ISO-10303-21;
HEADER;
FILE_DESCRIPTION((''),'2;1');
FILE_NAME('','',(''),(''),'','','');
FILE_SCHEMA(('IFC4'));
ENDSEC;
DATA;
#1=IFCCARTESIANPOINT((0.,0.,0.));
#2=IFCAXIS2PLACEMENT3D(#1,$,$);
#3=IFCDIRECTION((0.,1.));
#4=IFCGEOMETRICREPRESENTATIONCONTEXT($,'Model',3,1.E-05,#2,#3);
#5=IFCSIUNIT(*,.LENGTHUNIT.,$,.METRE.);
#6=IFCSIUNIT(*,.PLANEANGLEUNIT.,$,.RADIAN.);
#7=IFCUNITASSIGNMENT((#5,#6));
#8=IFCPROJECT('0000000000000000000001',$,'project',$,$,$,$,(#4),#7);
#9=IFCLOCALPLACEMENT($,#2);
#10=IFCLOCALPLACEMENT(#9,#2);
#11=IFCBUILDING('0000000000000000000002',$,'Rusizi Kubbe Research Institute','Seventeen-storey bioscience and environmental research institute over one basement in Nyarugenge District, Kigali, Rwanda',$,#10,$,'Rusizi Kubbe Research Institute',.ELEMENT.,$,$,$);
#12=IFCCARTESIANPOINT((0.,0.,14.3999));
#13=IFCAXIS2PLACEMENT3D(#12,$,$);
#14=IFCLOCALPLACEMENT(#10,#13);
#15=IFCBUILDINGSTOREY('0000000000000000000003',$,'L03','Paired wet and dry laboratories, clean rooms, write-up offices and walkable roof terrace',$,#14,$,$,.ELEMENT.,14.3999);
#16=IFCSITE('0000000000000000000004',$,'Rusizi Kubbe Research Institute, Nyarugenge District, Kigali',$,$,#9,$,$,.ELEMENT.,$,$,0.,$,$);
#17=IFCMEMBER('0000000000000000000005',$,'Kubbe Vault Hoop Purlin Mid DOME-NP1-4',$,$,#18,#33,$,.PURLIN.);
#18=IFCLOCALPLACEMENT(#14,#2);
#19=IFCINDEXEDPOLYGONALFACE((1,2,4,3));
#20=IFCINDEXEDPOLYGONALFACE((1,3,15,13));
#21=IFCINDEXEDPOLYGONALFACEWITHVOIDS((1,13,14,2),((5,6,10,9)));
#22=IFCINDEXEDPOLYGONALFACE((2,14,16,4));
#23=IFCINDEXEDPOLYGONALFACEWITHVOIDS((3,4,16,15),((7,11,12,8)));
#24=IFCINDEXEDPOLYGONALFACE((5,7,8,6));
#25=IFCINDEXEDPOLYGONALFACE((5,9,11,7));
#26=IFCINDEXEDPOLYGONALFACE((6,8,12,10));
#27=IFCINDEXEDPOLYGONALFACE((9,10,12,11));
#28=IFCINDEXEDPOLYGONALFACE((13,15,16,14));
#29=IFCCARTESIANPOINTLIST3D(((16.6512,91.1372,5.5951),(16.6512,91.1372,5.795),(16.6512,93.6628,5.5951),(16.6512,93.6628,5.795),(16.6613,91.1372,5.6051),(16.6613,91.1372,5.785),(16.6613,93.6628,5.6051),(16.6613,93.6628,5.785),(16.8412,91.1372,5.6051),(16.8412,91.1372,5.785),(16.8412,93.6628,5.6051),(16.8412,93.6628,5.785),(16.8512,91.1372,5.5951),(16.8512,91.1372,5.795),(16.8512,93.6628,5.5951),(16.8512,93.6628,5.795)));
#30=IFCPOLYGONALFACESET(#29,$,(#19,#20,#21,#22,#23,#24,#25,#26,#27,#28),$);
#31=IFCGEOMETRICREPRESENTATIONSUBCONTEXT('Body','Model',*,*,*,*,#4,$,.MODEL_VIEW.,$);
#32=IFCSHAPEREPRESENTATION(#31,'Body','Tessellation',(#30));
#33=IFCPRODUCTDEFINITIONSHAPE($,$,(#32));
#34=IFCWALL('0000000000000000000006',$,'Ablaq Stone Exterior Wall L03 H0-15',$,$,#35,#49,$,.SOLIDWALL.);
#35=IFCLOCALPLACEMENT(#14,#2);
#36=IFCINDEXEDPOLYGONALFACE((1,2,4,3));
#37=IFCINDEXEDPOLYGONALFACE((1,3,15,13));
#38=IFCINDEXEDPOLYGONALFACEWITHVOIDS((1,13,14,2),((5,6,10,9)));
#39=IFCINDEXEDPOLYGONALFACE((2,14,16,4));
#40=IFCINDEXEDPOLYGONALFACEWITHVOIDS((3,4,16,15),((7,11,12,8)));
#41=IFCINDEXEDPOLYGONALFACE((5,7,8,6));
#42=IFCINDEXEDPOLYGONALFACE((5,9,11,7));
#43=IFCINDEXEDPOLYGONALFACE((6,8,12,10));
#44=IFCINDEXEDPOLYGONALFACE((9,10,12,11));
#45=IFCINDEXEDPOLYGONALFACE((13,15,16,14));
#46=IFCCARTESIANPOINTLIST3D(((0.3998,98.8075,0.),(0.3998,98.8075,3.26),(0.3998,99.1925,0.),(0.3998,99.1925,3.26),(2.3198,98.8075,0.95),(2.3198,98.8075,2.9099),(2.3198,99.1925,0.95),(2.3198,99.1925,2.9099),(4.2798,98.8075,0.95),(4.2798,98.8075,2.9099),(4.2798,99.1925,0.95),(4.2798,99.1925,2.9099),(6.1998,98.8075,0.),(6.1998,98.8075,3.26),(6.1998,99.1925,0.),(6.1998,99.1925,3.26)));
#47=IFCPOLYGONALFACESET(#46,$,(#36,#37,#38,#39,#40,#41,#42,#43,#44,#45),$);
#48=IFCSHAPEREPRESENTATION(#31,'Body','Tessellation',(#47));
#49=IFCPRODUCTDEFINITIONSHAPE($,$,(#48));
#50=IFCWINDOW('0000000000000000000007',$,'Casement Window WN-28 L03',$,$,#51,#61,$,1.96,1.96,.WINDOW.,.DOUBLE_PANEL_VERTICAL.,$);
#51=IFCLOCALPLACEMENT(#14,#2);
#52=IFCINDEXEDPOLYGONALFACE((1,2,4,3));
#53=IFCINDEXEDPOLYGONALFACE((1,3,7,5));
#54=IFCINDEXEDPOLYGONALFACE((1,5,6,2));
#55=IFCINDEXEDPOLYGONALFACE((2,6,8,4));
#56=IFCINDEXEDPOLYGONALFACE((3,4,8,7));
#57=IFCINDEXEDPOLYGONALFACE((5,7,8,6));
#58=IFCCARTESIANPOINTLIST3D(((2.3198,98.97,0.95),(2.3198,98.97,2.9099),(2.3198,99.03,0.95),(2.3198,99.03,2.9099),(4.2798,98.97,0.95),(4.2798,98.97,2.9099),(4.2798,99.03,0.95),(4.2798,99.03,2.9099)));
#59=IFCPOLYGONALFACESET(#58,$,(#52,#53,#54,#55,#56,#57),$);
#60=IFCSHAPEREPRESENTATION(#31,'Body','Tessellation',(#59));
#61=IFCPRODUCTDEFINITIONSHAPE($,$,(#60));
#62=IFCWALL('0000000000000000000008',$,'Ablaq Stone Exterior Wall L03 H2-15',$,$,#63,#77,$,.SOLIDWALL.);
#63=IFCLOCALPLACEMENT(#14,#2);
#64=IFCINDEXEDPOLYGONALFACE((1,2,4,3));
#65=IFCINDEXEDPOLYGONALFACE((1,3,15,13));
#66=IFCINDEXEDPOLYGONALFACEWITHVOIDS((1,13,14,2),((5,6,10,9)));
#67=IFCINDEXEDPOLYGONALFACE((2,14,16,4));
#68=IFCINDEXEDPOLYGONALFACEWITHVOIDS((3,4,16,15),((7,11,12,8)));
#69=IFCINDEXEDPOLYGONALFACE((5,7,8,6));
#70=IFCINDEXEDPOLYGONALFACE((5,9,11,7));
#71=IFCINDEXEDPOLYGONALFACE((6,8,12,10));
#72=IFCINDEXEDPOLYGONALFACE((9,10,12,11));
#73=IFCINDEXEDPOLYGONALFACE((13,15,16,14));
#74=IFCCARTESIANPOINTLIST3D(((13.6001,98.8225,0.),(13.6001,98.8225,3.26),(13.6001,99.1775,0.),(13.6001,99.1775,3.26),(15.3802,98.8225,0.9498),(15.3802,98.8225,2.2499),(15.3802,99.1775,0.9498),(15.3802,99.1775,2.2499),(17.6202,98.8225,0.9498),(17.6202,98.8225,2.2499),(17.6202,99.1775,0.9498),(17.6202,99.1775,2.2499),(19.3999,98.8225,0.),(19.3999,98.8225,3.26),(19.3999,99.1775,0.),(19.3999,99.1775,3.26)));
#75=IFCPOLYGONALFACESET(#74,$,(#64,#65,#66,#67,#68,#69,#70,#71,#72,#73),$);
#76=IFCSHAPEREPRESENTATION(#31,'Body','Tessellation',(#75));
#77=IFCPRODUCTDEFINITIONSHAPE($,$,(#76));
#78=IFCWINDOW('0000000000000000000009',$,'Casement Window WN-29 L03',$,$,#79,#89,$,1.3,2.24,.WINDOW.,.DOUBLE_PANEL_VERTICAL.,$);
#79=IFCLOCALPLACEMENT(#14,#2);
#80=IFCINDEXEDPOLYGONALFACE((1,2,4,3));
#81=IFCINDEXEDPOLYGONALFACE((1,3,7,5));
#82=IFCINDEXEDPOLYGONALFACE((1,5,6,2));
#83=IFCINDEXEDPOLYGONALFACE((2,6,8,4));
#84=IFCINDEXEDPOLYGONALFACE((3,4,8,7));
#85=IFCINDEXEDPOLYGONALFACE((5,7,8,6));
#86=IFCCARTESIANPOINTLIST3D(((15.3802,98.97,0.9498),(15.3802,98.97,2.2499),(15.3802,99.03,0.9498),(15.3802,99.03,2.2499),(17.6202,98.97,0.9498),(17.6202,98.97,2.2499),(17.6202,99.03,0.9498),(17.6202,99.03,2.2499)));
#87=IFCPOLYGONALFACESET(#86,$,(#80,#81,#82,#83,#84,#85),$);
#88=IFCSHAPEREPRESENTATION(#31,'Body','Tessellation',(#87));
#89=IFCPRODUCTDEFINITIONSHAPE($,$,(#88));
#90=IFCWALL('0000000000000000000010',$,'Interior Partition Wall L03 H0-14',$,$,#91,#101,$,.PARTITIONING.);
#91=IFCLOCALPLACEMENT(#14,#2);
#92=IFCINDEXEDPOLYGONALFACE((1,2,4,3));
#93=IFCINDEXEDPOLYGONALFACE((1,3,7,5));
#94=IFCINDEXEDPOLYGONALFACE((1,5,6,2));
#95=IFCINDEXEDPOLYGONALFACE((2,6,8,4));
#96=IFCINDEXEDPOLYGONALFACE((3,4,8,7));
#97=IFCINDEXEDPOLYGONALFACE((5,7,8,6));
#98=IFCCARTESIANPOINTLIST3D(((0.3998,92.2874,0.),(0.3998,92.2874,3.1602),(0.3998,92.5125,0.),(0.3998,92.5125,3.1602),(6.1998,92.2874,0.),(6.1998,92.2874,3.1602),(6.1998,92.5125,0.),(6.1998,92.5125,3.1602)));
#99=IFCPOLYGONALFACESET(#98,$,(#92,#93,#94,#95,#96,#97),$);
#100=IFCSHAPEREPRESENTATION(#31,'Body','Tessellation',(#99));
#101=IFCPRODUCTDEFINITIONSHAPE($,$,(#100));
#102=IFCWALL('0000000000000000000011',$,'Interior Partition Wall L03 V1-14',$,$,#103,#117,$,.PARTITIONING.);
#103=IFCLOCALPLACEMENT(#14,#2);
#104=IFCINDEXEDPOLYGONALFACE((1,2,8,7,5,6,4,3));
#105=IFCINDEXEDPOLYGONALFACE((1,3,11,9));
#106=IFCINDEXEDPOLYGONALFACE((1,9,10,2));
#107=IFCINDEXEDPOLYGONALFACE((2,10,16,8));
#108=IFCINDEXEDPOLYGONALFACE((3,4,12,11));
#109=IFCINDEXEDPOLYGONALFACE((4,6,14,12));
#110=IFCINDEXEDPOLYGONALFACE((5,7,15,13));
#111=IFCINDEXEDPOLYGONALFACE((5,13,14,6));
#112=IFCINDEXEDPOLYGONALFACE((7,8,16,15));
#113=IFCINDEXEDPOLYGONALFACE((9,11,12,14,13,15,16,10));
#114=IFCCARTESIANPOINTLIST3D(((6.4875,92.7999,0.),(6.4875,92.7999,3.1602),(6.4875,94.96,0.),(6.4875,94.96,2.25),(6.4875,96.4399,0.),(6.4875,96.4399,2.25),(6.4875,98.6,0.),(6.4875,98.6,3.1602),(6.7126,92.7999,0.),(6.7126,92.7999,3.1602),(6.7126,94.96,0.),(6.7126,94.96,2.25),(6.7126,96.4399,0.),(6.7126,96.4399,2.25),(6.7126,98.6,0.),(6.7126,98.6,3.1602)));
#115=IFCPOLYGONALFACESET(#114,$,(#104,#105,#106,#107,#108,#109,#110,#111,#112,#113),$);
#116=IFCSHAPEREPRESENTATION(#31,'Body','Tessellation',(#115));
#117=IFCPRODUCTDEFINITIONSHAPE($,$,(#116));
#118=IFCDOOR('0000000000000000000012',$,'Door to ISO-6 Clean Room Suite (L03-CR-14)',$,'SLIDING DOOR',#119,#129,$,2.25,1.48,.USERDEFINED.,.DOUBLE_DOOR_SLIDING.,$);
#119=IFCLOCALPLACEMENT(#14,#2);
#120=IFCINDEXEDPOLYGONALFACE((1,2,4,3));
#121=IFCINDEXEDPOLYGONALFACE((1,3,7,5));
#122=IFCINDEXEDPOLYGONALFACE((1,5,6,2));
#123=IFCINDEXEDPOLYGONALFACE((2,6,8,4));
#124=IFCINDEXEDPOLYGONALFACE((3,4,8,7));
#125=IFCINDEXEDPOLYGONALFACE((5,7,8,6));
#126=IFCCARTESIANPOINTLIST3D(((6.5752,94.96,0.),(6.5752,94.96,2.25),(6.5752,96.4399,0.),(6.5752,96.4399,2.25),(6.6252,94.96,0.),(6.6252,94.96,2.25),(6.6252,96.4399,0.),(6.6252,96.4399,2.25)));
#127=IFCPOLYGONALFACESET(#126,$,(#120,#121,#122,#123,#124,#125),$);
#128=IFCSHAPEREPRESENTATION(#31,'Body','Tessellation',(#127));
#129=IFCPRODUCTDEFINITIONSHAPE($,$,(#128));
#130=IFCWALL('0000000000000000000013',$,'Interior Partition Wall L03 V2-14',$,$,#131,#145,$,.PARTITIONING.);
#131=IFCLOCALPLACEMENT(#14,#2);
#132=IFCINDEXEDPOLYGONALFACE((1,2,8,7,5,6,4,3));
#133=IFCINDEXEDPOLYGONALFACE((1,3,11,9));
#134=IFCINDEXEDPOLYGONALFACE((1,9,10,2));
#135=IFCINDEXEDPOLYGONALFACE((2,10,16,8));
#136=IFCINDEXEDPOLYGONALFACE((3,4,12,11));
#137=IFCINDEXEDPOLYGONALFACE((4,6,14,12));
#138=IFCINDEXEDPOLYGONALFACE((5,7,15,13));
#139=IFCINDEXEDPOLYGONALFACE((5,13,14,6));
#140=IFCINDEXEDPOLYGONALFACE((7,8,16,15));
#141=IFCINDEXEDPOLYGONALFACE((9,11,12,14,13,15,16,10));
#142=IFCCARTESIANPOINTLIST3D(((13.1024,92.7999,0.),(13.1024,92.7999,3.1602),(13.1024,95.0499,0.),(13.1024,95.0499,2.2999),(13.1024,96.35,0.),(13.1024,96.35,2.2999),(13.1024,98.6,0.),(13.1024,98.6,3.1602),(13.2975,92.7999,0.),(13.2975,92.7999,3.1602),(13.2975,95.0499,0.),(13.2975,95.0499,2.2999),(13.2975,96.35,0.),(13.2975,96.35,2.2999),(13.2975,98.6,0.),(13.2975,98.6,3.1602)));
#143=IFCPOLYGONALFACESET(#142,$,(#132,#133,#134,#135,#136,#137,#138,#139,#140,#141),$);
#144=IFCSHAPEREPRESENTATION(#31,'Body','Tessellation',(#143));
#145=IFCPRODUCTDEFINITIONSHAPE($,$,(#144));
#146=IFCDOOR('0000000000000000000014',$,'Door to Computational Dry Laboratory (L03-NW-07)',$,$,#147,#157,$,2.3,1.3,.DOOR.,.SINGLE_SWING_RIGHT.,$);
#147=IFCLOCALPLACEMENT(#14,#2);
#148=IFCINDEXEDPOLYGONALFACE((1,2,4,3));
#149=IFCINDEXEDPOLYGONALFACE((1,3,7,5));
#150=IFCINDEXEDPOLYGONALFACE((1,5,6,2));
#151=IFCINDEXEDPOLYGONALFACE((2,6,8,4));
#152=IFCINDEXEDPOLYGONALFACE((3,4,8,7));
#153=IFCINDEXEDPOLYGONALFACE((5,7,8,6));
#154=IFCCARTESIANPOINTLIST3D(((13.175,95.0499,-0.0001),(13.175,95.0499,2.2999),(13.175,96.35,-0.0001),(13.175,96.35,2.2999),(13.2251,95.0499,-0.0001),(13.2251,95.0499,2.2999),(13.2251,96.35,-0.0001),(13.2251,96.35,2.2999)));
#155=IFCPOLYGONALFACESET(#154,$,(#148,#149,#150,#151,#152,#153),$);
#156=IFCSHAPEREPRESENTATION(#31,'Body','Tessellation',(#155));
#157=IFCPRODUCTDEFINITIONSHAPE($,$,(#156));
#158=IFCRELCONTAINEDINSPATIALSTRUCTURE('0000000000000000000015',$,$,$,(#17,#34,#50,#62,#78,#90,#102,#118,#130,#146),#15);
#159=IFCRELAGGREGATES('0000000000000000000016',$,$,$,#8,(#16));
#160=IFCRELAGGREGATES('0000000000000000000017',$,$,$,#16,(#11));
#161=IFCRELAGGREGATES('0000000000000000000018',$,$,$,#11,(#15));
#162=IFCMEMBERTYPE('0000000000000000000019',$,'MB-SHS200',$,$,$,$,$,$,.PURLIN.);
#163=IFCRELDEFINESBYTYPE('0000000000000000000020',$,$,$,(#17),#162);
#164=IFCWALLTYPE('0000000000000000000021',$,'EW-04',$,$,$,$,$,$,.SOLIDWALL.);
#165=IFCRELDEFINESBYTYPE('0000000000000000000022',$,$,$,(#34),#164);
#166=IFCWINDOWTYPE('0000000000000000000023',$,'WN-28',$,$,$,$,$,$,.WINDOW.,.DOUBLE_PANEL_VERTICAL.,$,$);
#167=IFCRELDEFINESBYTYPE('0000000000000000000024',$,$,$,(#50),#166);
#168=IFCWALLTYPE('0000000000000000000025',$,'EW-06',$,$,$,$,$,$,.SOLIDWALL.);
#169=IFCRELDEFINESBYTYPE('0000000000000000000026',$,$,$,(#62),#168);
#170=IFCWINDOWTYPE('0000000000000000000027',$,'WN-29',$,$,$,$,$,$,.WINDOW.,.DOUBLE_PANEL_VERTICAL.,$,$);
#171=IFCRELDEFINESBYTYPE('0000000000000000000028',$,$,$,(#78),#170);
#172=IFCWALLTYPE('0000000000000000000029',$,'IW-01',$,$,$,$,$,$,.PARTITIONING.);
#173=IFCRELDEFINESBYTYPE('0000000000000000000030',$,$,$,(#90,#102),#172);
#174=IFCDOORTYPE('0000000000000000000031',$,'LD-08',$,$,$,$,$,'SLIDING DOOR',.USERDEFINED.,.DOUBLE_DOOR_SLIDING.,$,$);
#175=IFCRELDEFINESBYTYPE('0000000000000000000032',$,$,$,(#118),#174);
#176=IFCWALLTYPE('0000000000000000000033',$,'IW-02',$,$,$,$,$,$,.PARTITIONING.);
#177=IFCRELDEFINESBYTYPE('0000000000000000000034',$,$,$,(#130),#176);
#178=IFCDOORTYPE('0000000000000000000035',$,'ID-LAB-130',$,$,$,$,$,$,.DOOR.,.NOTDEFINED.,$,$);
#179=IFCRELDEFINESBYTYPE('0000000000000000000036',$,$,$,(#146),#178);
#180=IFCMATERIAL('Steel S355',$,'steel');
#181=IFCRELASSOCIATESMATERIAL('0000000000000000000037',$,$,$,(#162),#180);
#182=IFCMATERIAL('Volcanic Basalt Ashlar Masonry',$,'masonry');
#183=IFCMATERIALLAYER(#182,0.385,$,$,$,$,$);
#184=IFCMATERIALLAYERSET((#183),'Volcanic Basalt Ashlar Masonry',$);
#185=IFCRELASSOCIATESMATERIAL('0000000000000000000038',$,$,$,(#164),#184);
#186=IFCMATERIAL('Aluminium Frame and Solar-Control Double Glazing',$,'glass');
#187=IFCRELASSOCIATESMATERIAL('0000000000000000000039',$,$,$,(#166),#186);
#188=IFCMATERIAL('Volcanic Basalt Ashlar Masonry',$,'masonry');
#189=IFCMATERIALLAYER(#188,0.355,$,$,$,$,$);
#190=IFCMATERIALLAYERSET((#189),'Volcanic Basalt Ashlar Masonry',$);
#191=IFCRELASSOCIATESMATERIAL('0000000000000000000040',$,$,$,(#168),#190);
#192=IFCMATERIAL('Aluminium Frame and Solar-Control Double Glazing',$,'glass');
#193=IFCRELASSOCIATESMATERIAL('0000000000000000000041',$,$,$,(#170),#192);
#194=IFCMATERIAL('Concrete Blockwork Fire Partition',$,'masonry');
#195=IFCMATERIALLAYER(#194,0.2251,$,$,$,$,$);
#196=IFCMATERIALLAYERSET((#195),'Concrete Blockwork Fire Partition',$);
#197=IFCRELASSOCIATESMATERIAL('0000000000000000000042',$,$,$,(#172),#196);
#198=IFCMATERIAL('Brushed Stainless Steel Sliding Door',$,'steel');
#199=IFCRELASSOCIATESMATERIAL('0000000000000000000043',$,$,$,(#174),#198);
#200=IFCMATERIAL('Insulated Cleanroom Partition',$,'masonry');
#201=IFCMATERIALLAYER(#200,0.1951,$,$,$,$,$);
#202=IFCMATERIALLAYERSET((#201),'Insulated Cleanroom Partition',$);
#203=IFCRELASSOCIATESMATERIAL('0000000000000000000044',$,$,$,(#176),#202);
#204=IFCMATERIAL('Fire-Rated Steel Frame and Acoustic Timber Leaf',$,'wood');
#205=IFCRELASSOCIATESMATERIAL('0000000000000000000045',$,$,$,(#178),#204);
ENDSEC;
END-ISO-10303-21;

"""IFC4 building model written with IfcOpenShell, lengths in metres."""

from ifc_helpers import new_model, si_unit, direction, frame, frame_2d, origin, origin_2d, place, context, subcontext, project, spatial, rectangle, hollow_rectangle, extrude, material, layer, layer_set, material_profile, profile_set, type_object, element, fill, save


model = new_model("IFC4")

# Units and contexts
model_context = context("Model", 3, precision=1e-05, world=origin(), true_north=direction((0.0, 1.0)))
body_context = subcontext(model_context, "Body", "Model", "MODEL_VIEW")
ifc_project = project(units=[si_unit("LENGTHUNIT", "METRE"), si_unit("PLANEANGLEUNIT", "RADIAN")], contexts=[model_context])

# Site, building, storey
site_placement = place(None, origin())
site = spatial("IfcSite", under=ifc_project, at=site_placement, Name="Rusizi Kubbe Research Institute, Nyarugenge District, Kigali", CompositionType="ELEMENT", RefElevation=0.0)
building_placement = place(site_placement, origin())
building = spatial("IfcBuilding", under=site, at=building_placement, Name="Rusizi Kubbe Research Institute", Description="Seventeen-storey bioscience and environmental research institute over one basement in Nyarugenge District, Kigali, Rwanda", LongName="Rusizi Kubbe Research Institute", CompositionType="ELEMENT")
storey_placement = place(building_placement, frame((0.0, 0.0, 14.3999)))
storey = spatial("IfcBuildingStorey", under=building, at=storey_placement, Name="L03", Description="Paired wet and dry laboratories, clean rooms, write-up offices and walkable roof terrace", CompositionType="ELEMENT", Elevation=14.3999)

# Member
ifc_material_1 = material(Name="Steel S355", Category="steel")
ifc_material_profile_1 = material_profile(ifc_material_1, hollow_rectangle(XDim=0.2, YDim=0.2, WallThickness=0.01, at=origin_2d()), Name="SHS 200x200x10.0")
ifc_profile_set_1 = profile_set([ifc_material_profile_1], Name="Steel S355")
member_type_1 = type_object("IfcMemberType", Name="MB-SHS200", PredefinedType="PURLIN", material=ifc_profile_set_1)
member_1_placement = place(storey_placement, frame((16.7512, 93.6628, 5.6951), z_axis=(0.0, -1.0, 0.0), x_axis=(1.0, 0.0, 0.0)))
element("IfcMember", 1, at=member_1_placement, inside=storey, type_object=member_type_1, Name="Kubbe Vault Hoop Purlin Mid DOME-NP1-4", PredefinedType="PURLIN", context=body_context, shape_type="SweptSolid", body=[
    extrude(hollow_rectangle(XDim=0.2, YDim=0.2, WallThickness=0.01, at=origin_2d()), origin(), (0.0, 0.0, 1.0), 2.5256),
])

# Walls, openings, windows
ifc_material_2 = material(Name="Volcanic Basalt Ashlar Masonry", Category="masonry")
ifc_layer_1 = layer(ifc_material_2, 0.385)
ifc_layer_set_1 = layer_set([ifc_layer_1], Name="Volcanic Basalt Ashlar Masonry")
wall_type_1 = type_object("IfcWallType", Name="EW-04", PredefinedType="SOLIDWALL", material=ifc_layer_set_1)
wall_1_placement = place(storey_placement, frame((0.3999, 99.0, 0.0), z_axis=(0.0, 0.0, 1.0), x_axis=(1.0, 0.0, 0.0)))
wall_1 = element("IfcWall", 2, at=wall_1_placement, inside=storey, type_object=wall_type_1, Name="Ablaq Stone Exterior Wall L03 H0-15", PredefinedType="SOLIDWALL", context=body_context, shape_type="SweptSolid", body=[
    extrude(rectangle(XDim=5.8, YDim=0.385, at=frame_2d((2.8999, 0.0))), origin(), (0.0, 0.0, 1.0), 3.26),
])
opening_1_placement = place(wall_1_placement, frame((1.9199, 0.0, 0.95)))
opening_1 = element("IfcOpeningElement", 3, at=opening_1_placement, cuts=wall_1, PredefinedType="OPENING", context=body_context, shape_type="SweptSolid", body=[
    extrude(rectangle(XDim=1.96, YDim=1.96, at=frame_2d((0.98, 0.98))), frame((0.0, 0.2024, 0.0), z_axis=(0.0, -1.0, 0.0), x_axis=(1.0, 0.0, 0.0)), (0.0, 0.0, 1.0), 0.405),
])
ifc_material_3 = material(Name="Aluminium Frame and Solar-Control Double Glazing", Category="glass")
window_type_1 = type_object("IfcWindowType", Name="WN-28", PartitioningType="DOUBLE_PANEL_VERTICAL", PredefinedType="WINDOW", material=ifc_material_3)
window_1_placement = place(opening_1_placement, origin())
window_1 = element("IfcWindow", 4, at=window_1_placement, inside=storey, type_object=window_type_1, Name="Casement Window WN-28 L03", OverallHeight=1.96, OverallWidth=1.96, PartitioningType="DOUBLE_PANEL_VERTICAL", PredefinedType="WINDOW", context=body_context, shape_type="SweptSolid", body=[
    extrude(rectangle(XDim=1.96, YDim=1.96, at=frame_2d((0.98, 0.98))), frame((0.0, 0.03, 0.0), z_axis=(0.0, -1.0, 0.0), x_axis=(1.0, 0.0, 0.0)), (0.0, 0.0, 1.0), 0.0601),
])
fill(opening_1, window_1)
ifc_material_4 = material(Name="Volcanic Basalt Ashlar Masonry", Category="masonry")
ifc_layer_2 = layer(ifc_material_4, 0.355)
ifc_layer_set_2 = layer_set([ifc_layer_2], Name="Volcanic Basalt Ashlar Masonry")
wall_type_2 = type_object("IfcWallType", Name="EW-06", PredefinedType="SOLIDWALL", material=ifc_layer_set_2)
wall_2_placement = place(storey_placement, frame((13.6001, 99.0, 0.0), z_axis=(0.0, 0.0, 1.0), x_axis=(1.0, 0.0, 0.0)))
wall_2 = element("IfcWall", 5, at=wall_2_placement, inside=storey, type_object=wall_type_2, Name="Ablaq Stone Exterior Wall L03 H2-15", PredefinedType="SOLIDWALL", context=body_context, shape_type="SweptSolid", body=[
    extrude(rectangle(XDim=5.7998, YDim=0.355, at=frame_2d((2.8999, 0.0))), origin(), (0.0, 0.0, 1.0), 3.26),
])
opening_2_placement = place(wall_2_placement, frame((1.78, 0.0, 0.95)))
opening_2 = element("IfcOpeningElement", 6, at=opening_2_placement, cuts=wall_2, PredefinedType="OPENING", context=body_context, shape_type="SweptSolid", body=[
    extrude(rectangle(XDim=2.24, YDim=1.3, at=frame_2d((1.1201, 0.6499))), frame((0.0, 0.1875, 0.0), z_axis=(0.0, -1.0, 0.0), x_axis=(1.0, 0.0, 0.0)), (0.0, 0.0, 1.0), 0.375),
])
ifc_material_5 = material(Name="Aluminium Frame and Solar-Control Double Glazing", Category="glass")
window_type_2 = type_object("IfcWindowType", Name="WN-29", PartitioningType="DOUBLE_PANEL_VERTICAL", PredefinedType="WINDOW", material=ifc_material_5)
window_2_placement = place(opening_2_placement, origin())
window_2 = element("IfcWindow", 7, at=window_2_placement, inside=storey, type_object=window_type_2, Name="Casement Window WN-29 L03", OverallHeight=1.3, OverallWidth=2.24, PartitioningType="DOUBLE_PANEL_VERTICAL", PredefinedType="WINDOW", context=body_context, shape_type="SweptSolid", body=[
    extrude(rectangle(XDim=2.24, YDim=1.3, at=frame_2d((1.1201, 0.6499))), frame((0.0, 0.03, 0.0), z_axis=(0.0, -1.0, 0.0), x_axis=(1.0, 0.0, 0.0)), (0.0, 0.0, 1.0), 0.0601),
])
fill(opening_2, window_2)

# Wall
ifc_material_6 = material(Name="Concrete Blockwork Fire Partition", Category="masonry")
ifc_layer_3 = layer(ifc_material_6, 0.2251)
ifc_layer_set_3 = layer_set([ifc_layer_3], Name="Concrete Blockwork Fire Partition")
wall_type_3 = type_object("IfcWallType", Name="IW-01", PredefinedType="PARTITIONING", material=ifc_layer_set_3)
wall_3_placement = place(storey_placement, frame((0.3999, 92.3999, 0.0), z_axis=(0.0, 0.0, 1.0), x_axis=(1.0, 0.0, 0.0)))
element("IfcWall", 8, at=wall_3_placement, inside=storey, type_object=wall_type_3, Name="Interior Partition Wall L03 H0-14", PredefinedType="PARTITIONING", context=body_context, shape_type="SweptSolid", body=[
    extrude(rectangle(XDim=5.8, YDim=0.2251, at=frame_2d((2.8999, 0.0))), origin(), (0.0, 0.0, 1.0), 3.1602),
])

# Walls, openings, doors
wall_4_placement = place(storey_placement, frame((6.6001, 92.8, 0.0), z_axis=(0.0, 0.0, 1.0), x_axis=(0.0, 1.0, 0.0)))
wall_4 = element("IfcWall", 9, at=wall_4_placement, inside=storey, type_object=wall_type_3, Name="Interior Partition Wall L03 V1-14", PredefinedType="PARTITIONING", context=body_context, shape_type="SweptSolid", body=[
    extrude(rectangle(XDim=5.8, YDim=0.2251, at=frame_2d((2.8999, 0.0))), origin(), (0.0, 0.0, 1.0), 3.1602),
])
opening_3_placement = place(wall_4_placement, frame((2.1599, 0.0, 0.0)))
opening_3 = element("IfcOpeningElement", 10, at=opening_3_placement, cuts=wall_4, PredefinedType="OPENING", context=body_context, shape_type="SweptSolid", body=[
    extrude(rectangle(XDim=1.48, YDim=2.25, at=frame_2d((0.74, 1.125))), frame((0.0, 0.1226, 0.0), z_axis=(0.0, -1.0, 0.0), x_axis=(1.0, 0.0, 0.0)), (0.0, 0.0, 1.0), 0.2451),
])
ifc_material_7 = material(Name="Brushed Stainless Steel Sliding Door", Category="steel")
door_type_1 = type_object("IfcDoorType", Name="LD-08", ElementType="SLIDING DOOR", OperationType="DOUBLE_DOOR_SLIDING", PredefinedType="USERDEFINED", material=ifc_material_7)
door_1_placement = place(opening_3_placement, origin())
door_1 = element("IfcDoor", 11, at=door_1_placement, inside=storey, type_object=door_type_1, Name="Door to ISO-6 Clean Room Suite (L03-CR-14)", ObjectType="SLIDING DOOR", OperationType="DOUBLE_DOOR_SLIDING", OverallHeight=2.25, OverallWidth=1.48, PredefinedType="USERDEFINED", context=body_context, shape_type="SweptSolid", body=[
    extrude(rectangle(XDim=1.48, YDim=2.25, at=frame_2d((0.74, 1.125))), frame((0.0, 0.0249, 0.0), z_axis=(0.0, -1.0, 0.0), x_axis=(1.0, 0.0, 0.0)), (0.0, 0.0, 1.0), 0.05),
])
fill(opening_3, door_1)
ifc_material_8 = material(Name="Insulated Cleanroom Partition", Category="masonry")
ifc_layer_4 = layer(ifc_material_8, 0.1951)
ifc_layer_set_4 = layer_set([ifc_layer_4], Name="Insulated Cleanroom Partition")
wall_type_4 = type_object("IfcWallType", Name="IW-02", PredefinedType="PARTITIONING", material=ifc_layer_set_4)
wall_5_placement = place(storey_placement, frame((13.2, 92.8, 0.0), z_axis=(0.0, 0.0, 1.0), x_axis=(0.0, 1.0, 0.0)))
wall_5 = element("IfcWall", 12, at=wall_5_placement, inside=storey, type_object=wall_type_4, Name="Interior Partition Wall L03 V2-14", PredefinedType="PARTITIONING", context=body_context, shape_type="SweptSolid", body=[
    extrude(rectangle(XDim=5.8, YDim=0.1951, at=frame_2d((2.8999, 0.0))), origin(), (0.0, 0.0, 1.0), 3.1602),
])
opening_4_placement = place(wall_5_placement, frame((2.25, 0.0, 0.0)))
opening_4 = element("IfcOpeningElement", 13, at=opening_4_placement, cuts=wall_5, PredefinedType="OPENING", context=body_context, shape_type="SweptSolid", body=[
    extrude(rectangle(XDim=1.3, YDim=2.3, at=frame_2d((0.6499, 1.1499))), frame((0.0, 0.1074, 0.0), z_axis=(0.0, -1.0, 0.0), x_axis=(1.0, 0.0, 0.0)), (0.0, 0.0, 1.0), 0.2151),
])
ifc_material_9 = material(Name="Fire-Rated Steel Frame and Acoustic Timber Leaf", Category="wood")
door_type_2 = type_object("IfcDoorType", Name="ID-LAB-130", OperationType="NOTDEFINED", PredefinedType="DOOR", material=ifc_material_9)
door_2_placement = place(opening_4_placement, origin())
door_2 = element("IfcDoor", 14, at=door_2_placement, inside=storey, type_object=door_type_2, Name="Door to Computational Dry Laboratory (L03-NW-07)", OperationType="SINGLE_SWING_RIGHT", OverallHeight=2.3, OverallWidth=1.3, PredefinedType="DOOR", context=body_context, shape_type="SweptSolid", body=[
    extrude(rectangle(XDim=1.3, YDim=2.3, at=frame_2d((0.6499, 1.1499))), frame((0.0, 0.0249, 0.0), z_axis=(0.0, -1.0, 0.0), x_axis=(1.0, 0.0, 0.0)), (0.0, 0.0, 1.0), 0.05),
])
fill(opening_4, door_2)

save(model, "model.ifc")
